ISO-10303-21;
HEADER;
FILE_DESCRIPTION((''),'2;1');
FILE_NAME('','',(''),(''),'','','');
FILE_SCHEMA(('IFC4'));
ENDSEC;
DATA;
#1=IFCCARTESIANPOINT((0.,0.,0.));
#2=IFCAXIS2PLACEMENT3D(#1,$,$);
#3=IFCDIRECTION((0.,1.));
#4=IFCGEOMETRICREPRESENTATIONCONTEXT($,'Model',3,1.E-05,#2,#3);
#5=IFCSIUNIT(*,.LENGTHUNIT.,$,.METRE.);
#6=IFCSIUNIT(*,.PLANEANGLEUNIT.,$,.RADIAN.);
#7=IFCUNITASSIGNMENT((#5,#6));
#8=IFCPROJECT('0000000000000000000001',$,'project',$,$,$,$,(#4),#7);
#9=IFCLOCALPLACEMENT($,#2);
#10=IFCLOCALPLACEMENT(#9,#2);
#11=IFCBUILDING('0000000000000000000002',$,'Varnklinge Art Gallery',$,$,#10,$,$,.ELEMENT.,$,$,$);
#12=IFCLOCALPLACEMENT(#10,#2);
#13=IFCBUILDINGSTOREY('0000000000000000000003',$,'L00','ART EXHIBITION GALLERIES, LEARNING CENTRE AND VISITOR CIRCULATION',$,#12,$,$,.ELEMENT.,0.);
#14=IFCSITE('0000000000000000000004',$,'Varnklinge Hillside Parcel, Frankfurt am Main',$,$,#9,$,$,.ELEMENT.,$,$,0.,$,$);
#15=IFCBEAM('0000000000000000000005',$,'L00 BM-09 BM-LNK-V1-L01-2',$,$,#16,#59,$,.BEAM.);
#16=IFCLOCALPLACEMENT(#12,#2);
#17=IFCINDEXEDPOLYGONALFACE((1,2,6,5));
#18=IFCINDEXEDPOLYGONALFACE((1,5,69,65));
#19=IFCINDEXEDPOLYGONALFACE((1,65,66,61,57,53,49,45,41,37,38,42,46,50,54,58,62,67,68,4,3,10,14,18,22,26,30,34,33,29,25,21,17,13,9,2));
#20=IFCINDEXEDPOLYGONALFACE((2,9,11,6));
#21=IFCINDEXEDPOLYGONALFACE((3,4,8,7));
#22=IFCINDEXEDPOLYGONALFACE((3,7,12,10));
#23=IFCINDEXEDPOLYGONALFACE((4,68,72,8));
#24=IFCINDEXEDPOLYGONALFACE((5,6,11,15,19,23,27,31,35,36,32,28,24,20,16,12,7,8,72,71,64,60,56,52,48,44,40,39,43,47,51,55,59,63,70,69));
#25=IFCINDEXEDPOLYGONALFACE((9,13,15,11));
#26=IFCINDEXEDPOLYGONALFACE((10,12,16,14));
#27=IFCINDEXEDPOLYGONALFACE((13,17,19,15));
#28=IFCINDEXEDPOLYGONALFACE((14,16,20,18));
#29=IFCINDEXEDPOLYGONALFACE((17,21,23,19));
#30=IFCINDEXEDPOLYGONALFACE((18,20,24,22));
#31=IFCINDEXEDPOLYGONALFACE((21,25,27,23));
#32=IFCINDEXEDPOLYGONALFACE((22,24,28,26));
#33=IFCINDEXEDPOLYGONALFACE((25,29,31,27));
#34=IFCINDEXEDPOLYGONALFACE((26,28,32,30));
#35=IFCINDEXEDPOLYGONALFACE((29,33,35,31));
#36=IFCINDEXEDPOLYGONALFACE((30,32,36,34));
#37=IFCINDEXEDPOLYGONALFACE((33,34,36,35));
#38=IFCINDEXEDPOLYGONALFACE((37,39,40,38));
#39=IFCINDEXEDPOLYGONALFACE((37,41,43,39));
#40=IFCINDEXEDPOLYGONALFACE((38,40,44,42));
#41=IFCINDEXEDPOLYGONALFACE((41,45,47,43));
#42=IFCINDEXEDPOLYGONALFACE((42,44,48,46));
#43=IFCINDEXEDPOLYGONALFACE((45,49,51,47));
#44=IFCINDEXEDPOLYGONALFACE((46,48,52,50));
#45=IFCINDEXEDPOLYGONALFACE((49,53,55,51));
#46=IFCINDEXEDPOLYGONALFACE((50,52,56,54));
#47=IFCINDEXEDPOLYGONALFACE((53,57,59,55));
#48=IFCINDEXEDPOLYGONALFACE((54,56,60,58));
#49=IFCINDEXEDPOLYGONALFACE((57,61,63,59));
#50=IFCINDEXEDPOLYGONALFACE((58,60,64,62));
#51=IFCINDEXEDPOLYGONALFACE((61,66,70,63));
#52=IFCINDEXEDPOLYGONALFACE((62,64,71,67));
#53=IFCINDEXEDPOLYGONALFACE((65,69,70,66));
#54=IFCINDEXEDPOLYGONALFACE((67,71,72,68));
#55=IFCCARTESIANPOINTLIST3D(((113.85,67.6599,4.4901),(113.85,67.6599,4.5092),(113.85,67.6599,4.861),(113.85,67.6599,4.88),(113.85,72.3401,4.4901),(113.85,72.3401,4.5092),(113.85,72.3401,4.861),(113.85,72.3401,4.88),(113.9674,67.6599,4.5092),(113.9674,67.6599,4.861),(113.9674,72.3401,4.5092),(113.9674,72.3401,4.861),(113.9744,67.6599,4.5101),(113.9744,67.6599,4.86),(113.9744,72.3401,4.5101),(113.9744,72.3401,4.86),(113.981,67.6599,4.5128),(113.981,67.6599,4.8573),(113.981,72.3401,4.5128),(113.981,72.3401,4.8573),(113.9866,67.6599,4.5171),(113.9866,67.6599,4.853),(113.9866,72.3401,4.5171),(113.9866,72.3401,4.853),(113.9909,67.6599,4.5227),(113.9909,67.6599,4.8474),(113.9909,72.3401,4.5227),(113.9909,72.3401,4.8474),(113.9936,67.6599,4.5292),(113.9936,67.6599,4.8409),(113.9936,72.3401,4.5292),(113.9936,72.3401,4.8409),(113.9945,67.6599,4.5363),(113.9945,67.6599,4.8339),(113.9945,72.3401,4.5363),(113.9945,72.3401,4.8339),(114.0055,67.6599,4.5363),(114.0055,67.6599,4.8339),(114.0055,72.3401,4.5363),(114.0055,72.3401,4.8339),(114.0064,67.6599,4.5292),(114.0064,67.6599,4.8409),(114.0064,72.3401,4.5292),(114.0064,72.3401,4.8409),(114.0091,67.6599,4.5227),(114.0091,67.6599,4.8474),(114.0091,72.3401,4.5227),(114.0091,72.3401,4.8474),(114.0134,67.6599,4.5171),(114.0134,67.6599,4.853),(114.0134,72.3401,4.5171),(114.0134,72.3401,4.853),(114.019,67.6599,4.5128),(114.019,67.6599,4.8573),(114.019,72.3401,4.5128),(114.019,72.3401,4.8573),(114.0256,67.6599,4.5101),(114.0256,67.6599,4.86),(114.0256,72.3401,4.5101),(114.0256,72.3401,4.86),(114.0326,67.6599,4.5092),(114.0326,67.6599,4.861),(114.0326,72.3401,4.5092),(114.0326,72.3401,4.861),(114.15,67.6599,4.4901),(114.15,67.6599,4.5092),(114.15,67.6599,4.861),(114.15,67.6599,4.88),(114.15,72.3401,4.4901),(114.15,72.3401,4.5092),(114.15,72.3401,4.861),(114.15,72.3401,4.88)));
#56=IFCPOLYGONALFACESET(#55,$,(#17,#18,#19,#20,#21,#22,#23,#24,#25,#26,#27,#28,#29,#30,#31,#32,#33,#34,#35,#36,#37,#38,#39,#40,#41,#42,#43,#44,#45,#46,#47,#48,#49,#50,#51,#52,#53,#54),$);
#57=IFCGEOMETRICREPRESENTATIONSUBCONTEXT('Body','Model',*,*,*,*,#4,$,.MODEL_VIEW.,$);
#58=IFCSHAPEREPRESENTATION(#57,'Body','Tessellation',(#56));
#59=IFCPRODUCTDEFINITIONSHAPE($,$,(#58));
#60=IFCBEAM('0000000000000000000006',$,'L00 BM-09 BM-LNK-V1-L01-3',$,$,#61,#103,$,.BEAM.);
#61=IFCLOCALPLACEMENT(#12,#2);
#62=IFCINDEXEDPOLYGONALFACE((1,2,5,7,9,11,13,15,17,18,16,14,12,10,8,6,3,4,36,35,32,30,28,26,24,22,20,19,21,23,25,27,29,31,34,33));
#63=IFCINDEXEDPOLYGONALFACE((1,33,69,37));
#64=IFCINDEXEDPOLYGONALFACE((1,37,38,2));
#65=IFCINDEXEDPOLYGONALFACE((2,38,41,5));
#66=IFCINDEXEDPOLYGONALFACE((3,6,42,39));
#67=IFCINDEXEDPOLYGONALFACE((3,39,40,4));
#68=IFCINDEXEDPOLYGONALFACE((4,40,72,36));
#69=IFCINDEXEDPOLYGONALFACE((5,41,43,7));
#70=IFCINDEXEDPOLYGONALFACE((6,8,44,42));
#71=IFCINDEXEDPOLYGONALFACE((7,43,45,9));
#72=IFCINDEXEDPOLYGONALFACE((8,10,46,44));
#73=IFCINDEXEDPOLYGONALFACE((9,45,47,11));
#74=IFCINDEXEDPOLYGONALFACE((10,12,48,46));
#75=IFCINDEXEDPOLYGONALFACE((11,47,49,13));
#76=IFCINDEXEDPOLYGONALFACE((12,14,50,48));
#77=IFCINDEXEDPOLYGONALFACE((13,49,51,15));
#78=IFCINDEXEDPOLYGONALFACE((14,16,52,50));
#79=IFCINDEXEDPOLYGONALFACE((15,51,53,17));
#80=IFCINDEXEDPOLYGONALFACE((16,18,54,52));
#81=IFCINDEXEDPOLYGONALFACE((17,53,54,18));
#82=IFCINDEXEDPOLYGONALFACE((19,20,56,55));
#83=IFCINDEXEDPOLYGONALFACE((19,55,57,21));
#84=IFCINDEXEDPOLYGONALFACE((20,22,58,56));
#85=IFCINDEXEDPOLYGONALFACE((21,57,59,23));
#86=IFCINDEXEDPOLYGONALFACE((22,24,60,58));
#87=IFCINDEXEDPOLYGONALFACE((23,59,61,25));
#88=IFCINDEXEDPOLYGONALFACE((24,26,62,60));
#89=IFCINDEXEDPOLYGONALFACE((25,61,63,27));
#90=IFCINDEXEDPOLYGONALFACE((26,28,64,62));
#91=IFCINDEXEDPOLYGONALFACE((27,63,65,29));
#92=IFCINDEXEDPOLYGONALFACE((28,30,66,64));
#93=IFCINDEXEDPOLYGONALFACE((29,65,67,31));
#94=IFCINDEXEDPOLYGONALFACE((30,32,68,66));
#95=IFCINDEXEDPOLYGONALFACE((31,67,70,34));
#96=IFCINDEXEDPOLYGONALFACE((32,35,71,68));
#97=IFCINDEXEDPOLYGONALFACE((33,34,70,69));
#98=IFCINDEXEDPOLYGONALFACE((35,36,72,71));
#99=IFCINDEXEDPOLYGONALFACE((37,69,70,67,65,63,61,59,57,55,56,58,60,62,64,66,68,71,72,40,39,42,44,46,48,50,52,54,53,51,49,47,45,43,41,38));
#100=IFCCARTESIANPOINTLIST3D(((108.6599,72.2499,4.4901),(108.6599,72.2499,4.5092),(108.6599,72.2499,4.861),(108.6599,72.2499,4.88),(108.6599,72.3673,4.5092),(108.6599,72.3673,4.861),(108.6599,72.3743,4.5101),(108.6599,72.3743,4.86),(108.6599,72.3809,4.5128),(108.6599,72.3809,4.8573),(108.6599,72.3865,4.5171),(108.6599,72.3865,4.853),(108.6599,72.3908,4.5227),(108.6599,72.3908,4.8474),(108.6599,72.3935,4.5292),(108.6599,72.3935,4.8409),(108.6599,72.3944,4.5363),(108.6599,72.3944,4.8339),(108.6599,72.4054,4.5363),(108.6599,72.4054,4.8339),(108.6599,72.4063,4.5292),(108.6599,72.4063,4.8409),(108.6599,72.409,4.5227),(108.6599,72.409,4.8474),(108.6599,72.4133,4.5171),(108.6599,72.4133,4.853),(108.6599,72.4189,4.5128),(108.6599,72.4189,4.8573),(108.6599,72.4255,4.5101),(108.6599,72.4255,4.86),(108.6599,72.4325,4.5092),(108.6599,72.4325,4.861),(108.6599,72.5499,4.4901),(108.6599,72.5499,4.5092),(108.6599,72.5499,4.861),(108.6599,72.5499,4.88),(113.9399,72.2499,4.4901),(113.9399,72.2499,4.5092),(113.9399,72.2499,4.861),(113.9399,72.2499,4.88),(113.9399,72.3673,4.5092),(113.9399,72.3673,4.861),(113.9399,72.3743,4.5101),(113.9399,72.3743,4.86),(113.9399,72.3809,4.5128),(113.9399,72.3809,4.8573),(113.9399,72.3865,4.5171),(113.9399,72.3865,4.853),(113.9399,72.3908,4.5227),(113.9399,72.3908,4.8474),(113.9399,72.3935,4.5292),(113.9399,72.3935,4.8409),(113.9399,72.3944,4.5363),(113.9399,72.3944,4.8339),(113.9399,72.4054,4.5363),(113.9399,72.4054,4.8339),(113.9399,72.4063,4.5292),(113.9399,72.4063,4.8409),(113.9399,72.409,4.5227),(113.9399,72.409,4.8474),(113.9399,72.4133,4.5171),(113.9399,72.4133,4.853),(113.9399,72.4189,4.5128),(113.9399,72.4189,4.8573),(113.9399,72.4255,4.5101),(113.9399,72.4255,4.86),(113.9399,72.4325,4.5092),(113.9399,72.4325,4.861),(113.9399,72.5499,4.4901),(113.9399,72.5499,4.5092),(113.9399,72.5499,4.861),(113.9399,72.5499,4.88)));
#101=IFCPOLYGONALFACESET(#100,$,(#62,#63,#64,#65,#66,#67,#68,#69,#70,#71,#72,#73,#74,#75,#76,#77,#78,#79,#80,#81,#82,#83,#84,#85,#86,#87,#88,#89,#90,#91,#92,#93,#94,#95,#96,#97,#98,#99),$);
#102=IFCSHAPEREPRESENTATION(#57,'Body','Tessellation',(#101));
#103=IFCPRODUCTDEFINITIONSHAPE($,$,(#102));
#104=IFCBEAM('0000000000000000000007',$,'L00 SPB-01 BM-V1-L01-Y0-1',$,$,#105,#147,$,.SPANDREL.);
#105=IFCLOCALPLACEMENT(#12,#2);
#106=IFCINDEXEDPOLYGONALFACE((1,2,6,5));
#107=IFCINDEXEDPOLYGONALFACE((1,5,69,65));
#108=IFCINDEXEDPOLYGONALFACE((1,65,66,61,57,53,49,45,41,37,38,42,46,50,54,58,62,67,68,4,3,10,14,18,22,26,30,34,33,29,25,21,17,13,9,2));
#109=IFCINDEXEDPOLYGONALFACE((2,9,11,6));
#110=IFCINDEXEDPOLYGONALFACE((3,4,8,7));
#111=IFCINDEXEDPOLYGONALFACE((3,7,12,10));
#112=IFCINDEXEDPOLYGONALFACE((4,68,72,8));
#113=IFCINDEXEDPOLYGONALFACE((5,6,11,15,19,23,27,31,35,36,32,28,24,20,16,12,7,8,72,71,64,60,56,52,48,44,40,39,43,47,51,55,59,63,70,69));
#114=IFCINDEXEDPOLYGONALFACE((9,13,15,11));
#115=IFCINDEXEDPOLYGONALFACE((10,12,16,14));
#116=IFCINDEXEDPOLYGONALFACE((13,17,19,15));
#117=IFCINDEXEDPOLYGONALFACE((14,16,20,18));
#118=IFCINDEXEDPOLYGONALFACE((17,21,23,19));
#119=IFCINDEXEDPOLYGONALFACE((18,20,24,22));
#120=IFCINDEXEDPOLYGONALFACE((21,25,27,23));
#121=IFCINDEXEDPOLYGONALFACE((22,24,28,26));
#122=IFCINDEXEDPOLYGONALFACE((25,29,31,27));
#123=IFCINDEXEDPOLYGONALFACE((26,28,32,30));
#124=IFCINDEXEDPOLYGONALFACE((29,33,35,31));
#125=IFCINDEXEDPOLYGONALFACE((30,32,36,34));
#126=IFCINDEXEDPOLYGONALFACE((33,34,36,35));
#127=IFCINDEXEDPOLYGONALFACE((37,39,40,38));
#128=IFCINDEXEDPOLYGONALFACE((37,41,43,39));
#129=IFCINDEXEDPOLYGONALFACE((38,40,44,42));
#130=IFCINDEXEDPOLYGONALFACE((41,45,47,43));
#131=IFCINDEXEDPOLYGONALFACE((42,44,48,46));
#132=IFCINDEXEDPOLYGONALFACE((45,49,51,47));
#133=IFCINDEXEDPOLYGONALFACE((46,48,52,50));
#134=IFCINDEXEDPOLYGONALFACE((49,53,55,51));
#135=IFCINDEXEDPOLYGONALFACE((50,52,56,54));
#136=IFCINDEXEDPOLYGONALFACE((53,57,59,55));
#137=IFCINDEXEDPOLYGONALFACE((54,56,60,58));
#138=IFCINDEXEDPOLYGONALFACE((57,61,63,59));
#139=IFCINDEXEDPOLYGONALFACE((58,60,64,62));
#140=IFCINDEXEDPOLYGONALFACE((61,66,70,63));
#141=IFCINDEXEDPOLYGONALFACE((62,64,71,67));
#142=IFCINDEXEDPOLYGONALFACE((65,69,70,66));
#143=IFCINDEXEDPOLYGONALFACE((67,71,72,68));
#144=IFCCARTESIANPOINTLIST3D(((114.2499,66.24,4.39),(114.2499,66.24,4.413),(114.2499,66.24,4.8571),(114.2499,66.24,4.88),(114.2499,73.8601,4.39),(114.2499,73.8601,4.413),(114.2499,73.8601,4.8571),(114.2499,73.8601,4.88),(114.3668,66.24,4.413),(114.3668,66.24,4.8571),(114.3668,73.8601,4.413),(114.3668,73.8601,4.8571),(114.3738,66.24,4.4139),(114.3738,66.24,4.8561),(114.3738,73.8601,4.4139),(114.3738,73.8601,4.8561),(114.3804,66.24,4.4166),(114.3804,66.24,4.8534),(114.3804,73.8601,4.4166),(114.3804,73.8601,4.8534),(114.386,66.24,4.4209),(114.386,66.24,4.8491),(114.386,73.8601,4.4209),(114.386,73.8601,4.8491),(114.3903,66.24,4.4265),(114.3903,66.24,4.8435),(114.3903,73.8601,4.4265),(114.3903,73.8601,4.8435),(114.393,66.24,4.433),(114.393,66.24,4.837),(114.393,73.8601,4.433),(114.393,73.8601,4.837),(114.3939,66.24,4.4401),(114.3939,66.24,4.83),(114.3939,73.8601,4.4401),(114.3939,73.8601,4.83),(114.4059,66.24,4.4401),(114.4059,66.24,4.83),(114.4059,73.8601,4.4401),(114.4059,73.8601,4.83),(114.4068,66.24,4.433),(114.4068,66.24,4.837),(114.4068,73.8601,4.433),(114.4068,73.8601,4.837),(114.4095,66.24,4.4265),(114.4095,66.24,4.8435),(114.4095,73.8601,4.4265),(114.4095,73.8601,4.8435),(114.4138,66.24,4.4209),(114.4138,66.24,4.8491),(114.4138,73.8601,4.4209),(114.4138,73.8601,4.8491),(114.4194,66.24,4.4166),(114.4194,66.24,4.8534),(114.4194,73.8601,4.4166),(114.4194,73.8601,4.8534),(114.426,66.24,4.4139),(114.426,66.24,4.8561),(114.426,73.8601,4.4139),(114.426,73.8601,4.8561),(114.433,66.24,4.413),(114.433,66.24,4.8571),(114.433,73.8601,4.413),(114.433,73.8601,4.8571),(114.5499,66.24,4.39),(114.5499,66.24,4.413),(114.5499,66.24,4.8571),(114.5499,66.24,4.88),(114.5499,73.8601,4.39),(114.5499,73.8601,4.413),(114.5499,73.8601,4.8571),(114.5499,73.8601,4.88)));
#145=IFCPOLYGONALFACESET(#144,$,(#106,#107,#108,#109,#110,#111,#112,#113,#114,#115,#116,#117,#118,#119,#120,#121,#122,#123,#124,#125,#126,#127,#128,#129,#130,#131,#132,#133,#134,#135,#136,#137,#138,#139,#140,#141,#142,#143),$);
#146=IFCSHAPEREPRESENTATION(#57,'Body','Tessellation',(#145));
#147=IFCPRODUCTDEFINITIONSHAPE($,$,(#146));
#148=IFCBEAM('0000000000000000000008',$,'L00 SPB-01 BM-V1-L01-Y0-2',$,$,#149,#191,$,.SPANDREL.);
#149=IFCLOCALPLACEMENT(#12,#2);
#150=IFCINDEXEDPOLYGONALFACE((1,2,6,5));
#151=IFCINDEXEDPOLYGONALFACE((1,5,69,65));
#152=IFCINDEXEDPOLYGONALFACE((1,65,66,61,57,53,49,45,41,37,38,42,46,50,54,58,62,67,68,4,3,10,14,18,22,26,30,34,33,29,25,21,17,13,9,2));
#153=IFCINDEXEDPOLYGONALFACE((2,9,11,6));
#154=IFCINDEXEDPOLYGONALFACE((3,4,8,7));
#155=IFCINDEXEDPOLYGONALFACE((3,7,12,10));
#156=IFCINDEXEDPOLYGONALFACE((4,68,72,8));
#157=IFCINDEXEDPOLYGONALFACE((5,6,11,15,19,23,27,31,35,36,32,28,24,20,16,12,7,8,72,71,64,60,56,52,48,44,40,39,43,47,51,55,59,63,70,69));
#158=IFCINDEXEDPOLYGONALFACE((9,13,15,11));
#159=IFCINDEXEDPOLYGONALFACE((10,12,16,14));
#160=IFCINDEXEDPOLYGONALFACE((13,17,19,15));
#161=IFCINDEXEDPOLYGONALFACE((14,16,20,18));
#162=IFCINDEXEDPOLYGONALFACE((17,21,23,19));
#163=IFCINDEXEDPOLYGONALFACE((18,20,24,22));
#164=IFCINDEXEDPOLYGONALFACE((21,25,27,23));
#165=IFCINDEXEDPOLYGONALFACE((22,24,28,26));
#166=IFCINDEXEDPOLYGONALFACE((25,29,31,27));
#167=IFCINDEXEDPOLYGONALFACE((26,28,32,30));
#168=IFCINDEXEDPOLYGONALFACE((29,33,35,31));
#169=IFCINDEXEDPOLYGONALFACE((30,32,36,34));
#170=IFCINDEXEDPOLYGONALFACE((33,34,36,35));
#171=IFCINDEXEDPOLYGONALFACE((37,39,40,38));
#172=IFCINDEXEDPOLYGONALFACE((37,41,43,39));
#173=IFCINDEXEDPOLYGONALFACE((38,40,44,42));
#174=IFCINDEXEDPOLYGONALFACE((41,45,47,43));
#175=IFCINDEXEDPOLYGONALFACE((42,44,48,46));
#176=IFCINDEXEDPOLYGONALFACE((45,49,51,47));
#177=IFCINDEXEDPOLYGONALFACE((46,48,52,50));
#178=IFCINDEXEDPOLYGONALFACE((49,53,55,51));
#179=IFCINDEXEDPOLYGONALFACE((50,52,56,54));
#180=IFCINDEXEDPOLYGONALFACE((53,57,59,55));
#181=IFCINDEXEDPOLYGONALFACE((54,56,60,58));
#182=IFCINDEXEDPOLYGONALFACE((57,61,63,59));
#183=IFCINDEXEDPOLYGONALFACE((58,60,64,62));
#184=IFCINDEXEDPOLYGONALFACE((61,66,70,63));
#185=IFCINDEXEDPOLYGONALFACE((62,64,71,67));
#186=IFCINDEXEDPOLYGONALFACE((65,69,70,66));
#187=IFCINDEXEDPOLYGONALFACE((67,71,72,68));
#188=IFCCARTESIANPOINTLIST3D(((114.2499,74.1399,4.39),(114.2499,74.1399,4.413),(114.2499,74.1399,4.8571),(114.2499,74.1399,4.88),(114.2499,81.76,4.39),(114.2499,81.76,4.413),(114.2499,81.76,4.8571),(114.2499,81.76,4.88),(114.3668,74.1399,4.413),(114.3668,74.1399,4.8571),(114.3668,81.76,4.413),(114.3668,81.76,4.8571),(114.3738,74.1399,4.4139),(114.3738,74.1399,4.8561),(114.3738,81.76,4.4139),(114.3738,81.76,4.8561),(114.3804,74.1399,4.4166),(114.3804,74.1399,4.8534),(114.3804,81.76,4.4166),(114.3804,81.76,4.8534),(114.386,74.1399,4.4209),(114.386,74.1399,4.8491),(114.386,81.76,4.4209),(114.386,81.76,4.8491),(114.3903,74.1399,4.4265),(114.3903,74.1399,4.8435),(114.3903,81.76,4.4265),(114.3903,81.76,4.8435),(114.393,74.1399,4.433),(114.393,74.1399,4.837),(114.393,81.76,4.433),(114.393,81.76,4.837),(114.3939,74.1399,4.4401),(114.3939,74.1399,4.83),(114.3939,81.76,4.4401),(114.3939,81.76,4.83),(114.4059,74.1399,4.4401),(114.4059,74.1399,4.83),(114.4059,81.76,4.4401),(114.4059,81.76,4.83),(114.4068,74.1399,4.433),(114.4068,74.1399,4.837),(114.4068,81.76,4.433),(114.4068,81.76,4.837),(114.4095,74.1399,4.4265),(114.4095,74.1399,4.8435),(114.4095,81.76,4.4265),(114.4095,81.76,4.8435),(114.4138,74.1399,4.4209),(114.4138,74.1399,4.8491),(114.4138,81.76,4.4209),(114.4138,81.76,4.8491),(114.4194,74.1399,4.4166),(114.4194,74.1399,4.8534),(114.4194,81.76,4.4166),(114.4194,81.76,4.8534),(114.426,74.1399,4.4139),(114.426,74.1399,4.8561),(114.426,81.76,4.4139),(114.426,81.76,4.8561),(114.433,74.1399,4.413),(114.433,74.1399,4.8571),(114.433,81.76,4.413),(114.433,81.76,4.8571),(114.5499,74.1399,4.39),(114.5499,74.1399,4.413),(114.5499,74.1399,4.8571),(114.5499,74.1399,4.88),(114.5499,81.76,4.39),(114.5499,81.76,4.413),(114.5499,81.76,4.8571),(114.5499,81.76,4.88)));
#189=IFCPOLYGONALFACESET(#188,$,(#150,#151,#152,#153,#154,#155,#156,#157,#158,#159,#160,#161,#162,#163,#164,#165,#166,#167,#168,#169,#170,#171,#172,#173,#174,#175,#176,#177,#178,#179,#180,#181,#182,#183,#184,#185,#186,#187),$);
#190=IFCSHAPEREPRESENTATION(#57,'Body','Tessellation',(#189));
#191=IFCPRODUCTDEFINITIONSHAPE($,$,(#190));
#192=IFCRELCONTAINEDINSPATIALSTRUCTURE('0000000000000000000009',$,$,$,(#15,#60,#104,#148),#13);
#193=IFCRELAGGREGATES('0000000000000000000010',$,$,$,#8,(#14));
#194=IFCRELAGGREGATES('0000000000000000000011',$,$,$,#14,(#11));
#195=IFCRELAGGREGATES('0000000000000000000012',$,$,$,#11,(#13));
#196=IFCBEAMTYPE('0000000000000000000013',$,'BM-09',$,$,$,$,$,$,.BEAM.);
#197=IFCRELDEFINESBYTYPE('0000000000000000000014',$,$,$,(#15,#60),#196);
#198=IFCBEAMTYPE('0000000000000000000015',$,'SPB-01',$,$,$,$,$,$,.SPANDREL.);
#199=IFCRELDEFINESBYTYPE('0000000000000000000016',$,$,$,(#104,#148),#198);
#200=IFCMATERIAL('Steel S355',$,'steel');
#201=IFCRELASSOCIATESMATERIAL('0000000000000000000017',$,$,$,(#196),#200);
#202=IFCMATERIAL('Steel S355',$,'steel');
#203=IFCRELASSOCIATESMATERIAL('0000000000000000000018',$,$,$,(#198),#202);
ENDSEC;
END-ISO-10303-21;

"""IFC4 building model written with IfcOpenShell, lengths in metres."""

from ifc_helpers import new_model, si_unit, direction, frame, origin, origin_2d, place, context, subcontext, project, spatial, i_section, extrude, material, material_profile, profile_set, type_object, element, save


model = new_model("IFC4")

# Units and contexts
model_context = context("Model", 3, precision=1e-05, world=origin(), true_north=direction((0.0, 1.0)))
body_context = subcontext(model_context, "Body", "Model", "MODEL_VIEW")
ifc_project = project(units=[si_unit("LENGTHUNIT", "METRE"), si_unit("PLANEANGLEUNIT", "RADIAN")], contexts=[model_context])

# Site, building, storey
site_placement = place(None, origin())
site = spatial("IfcSite", under=ifc_project, at=site_placement, Name="Varnklinge Hillside Parcel, Frankfurt am Main", CompositionType="ELEMENT", RefElevation=0.0)
building_placement = place(site_placement, origin())
building = spatial("IfcBuilding", under=site, at=building_placement, Name="Varnklinge Art Gallery", CompositionType="ELEMENT")
storey_placement = place(building_placement, origin())
storey = spatial("IfcBuildingStorey", under=building, at=storey_placement, Name="L00", Description="ART EXHIBITION GALLERIES, LEARNING CENTRE AND VISITOR CIRCULATION", CompositionType="ELEMENT", Elevation=0.0)

# Beams
ifc_material_1 = material(Name="Steel S355", Category="steel")
ifc_material_profile_1 = material_profile(ifc_material_1, i_section(OverallWidth=0.3, OverallDepth=0.3899, WebThickness=0.011, FlangeThickness=0.019, FilletRadius=0.0271, at=origin_2d()), Name="HEA 400")
ifc_profile_set_1 = profile_set([ifc_material_profile_1], Name="Steel S355")
beam_type_1 = type_object("IfcBeamType", Name="BM-09", PredefinedType="BEAM", material=ifc_profile_set_1)
beam_1_placement = place(storey_placement, frame((114.0, 67.6599, 4.6851), z_axis=(0.0, 1.0, 0.0), x_axis=(-1.0, 0.0, 0.0)))
element("IfcBeam", 1, at=beam_1_placement, inside=storey, type_object=beam_type_1, Name="L00 BM-09 BM-LNK-V1-L01-2", PredefinedType="BEAM", context=body_context, shape_type="SweptSolid", body=[
    extrude(i_section(OverallWidth=0.3, OverallDepth=0.3899, WebThickness=0.011, FlangeThickness=0.019, FilletRadius=0.0271, at=origin_2d()), origin(), (0.0, 0.0, 1.0), 4.6802),
])
beam_2_placement = place(storey_placement, frame((113.9399, 72.3999, 4.6851), z_axis=(-1.0, 0.0, 0.0), x_axis=(0.0, -1.0, 0.0)))
element("IfcBeam", 2, at=beam_2_placement, inside=storey, type_object=beam_type_1, Name="L00 BM-09 BM-LNK-V1-L01-3", PredefinedType="BEAM", context=body_context, shape_type="SweptSolid", body=[
    extrude(i_section(OverallWidth=0.3, OverallDepth=0.3899, WebThickness=0.011, FlangeThickness=0.019, FilletRadius=0.0271, at=origin_2d()), origin(), (0.0, 0.0, 1.0), 5.28),
])
ifc_material_2 = material(Name="Steel S355", Category="steel")
ifc_material_profile_2 = material_profile(ifc_material_2, i_section(OverallWidth=0.3, OverallDepth=0.49, WebThickness=0.012, FlangeThickness=0.0229, FilletRadius=0.0271, at=origin_2d()), Name="HEA 500")
ifc_profile_set_2 = profile_set([ifc_material_profile_2], Name="Steel S355")
beam_type_2 = type_object("IfcBeamType", Name="SPB-01", PredefinedType="SPANDREL", material=ifc_profile_set_2)
for number, where, z_axis, x_axis, name in (
    (3, (114.3999, 66.24, 4.635), (0.0, 1.0, 0.0), (-1.0, 0.0, 0.0), "L00 SPB-01 BM-V1-L01-Y0-1"),
    (4, (114.3999, 74.1399, 4.635), (0.0, 1.0, 0.0), (-1.0, 0.0, 0.0), "L00 SPB-01 BM-V1-L01-Y0-2"),
):
    element("IfcBeam", number, at=place(storey_placement, frame(where, z_axis=z_axis, x_axis=x_axis)), inside=storey, type_object=beam_type_2, Name=name, PredefinedType="SPANDREL", context=body_context, shape_type="SweptSolid", body=[
        extrude(i_section(OverallWidth=0.3, OverallDepth=0.49, WebThickness=0.012, FlangeThickness=0.0229, FilletRadius=0.0271, at=origin_2d()), origin(), (0.0, 0.0, 1.0), 7.6201),
    ])

save(model, "model.ifc")
